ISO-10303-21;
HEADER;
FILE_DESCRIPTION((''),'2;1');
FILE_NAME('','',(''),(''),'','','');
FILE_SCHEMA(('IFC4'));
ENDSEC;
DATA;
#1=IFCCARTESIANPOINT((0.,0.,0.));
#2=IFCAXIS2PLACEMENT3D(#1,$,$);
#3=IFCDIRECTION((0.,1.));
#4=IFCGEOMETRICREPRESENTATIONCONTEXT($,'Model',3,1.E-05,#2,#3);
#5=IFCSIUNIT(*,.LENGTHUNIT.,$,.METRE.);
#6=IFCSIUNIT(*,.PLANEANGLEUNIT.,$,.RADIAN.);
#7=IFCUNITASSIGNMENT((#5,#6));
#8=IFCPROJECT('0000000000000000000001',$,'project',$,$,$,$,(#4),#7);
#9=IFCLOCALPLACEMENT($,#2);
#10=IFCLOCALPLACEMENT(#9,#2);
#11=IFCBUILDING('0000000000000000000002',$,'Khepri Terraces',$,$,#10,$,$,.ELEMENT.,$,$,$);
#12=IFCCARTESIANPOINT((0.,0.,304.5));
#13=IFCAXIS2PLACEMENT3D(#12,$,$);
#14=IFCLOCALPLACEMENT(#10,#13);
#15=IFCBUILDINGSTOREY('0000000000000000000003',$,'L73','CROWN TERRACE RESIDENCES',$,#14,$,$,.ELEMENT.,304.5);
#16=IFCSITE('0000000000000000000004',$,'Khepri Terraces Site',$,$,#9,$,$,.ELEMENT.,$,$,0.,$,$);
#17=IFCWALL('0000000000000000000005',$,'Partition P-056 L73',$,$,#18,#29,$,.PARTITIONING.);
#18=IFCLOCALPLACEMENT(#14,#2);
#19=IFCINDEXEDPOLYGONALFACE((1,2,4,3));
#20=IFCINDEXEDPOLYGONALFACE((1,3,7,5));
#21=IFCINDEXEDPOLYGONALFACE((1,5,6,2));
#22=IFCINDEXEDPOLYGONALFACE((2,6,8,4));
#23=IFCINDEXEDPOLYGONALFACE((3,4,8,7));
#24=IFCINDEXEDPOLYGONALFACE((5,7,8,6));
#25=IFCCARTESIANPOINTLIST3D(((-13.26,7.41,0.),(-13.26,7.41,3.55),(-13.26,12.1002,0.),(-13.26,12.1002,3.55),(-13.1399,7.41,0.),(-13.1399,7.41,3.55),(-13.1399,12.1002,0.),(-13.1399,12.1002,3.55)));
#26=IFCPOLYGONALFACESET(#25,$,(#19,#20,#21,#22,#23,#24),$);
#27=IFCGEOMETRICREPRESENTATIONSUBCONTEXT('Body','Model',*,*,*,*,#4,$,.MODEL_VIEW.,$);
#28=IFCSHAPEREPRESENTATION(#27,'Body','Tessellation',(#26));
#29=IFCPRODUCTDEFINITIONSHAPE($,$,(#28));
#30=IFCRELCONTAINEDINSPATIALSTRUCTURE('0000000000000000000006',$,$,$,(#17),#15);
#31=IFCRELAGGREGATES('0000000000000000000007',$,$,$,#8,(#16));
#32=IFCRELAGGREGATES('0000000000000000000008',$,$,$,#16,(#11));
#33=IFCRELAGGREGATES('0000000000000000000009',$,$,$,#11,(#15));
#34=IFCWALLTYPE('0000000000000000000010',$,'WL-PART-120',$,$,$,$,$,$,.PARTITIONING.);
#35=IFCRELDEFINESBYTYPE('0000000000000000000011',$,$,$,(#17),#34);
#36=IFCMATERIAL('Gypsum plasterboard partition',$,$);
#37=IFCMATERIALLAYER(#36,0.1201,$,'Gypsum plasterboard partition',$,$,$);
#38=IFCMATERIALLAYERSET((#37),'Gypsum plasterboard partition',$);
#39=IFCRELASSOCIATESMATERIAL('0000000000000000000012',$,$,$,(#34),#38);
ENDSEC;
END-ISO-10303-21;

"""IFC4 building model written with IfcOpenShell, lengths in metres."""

from ifc_helpers import new_model, si_unit, direction, frame, frame_2d, origin, place, context, subcontext, project, spatial, rectangle, extrude, material, layer, layer_set, type_object, element, save


model = new_model("IFC4")

# Units and contexts
model_context = context("Model", 3, precision=1e-05, world=origin(), true_north=direction((0.0, 1.0)))
body_context = subcontext(model_context, "Body", "Model", "MODEL_VIEW")
ifc_project = project(units=[si_unit("LENGTHUNIT", "METRE"), si_unit("PLANEANGLEUNIT", "RADIAN")], contexts=[model_context])

# Site, building, storey
site_placement = place(None, origin())
site = spatial("IfcSite", under=ifc_project, at=site_placement, Name="Khepri Terraces Site", CompositionType="ELEMENT", RefElevation=0.0)
building_placement = place(site_placement, origin())
building = spatial("IfcBuilding", under=site, at=building_placement, Name="Khepri Terraces", CompositionType="ELEMENT")
storey_placement = place(building_placement, frame((0.0, 0.0, 304.5)))
storey = spatial("IfcBuildingStorey", under=building, at=storey_placement, Name="L73", Description="CROWN TERRACE RESIDENCES", CompositionType="ELEMENT", Elevation=304.5)

# Shared definitions
ifc_material_1 = material(Name="Gypsum plasterboard partition")
ifc_layer_1 = layer(ifc_material_1, 0.1201, Name="Gypsum plasterboard partition")
ifc_layer_set_1 = layer_set([ifc_layer_1], Name="Gypsum plasterboard partition")
wall_type_1 = type_object("IfcWallType", Name="WL-PART-120", PredefinedType="PARTITIONING", material=ifc_layer_set_1)

# Wall
wall_1_placement = place(storey_placement, frame((-13.2, 7.4099, 0.0), z_axis=(0.0, 0.0, 1.0), x_axis=(0.0, 1.0, 0.0)))
element("IfcWall", 1, at=wall_1_placement, inside=storey, type_object=wall_type_1, Name="Partition P-056 L73", PredefinedType="PARTITIONING", context=body_context, shape_type="SweptSolid", body=[
    extrude(rectangle(XDim=4.6902, YDim=0.1201, at=frame_2d((2.3452, 0.0))), origin(), (0.0, 0.0, 1.0), 3.55),
])

save(model, "model.ifc")
